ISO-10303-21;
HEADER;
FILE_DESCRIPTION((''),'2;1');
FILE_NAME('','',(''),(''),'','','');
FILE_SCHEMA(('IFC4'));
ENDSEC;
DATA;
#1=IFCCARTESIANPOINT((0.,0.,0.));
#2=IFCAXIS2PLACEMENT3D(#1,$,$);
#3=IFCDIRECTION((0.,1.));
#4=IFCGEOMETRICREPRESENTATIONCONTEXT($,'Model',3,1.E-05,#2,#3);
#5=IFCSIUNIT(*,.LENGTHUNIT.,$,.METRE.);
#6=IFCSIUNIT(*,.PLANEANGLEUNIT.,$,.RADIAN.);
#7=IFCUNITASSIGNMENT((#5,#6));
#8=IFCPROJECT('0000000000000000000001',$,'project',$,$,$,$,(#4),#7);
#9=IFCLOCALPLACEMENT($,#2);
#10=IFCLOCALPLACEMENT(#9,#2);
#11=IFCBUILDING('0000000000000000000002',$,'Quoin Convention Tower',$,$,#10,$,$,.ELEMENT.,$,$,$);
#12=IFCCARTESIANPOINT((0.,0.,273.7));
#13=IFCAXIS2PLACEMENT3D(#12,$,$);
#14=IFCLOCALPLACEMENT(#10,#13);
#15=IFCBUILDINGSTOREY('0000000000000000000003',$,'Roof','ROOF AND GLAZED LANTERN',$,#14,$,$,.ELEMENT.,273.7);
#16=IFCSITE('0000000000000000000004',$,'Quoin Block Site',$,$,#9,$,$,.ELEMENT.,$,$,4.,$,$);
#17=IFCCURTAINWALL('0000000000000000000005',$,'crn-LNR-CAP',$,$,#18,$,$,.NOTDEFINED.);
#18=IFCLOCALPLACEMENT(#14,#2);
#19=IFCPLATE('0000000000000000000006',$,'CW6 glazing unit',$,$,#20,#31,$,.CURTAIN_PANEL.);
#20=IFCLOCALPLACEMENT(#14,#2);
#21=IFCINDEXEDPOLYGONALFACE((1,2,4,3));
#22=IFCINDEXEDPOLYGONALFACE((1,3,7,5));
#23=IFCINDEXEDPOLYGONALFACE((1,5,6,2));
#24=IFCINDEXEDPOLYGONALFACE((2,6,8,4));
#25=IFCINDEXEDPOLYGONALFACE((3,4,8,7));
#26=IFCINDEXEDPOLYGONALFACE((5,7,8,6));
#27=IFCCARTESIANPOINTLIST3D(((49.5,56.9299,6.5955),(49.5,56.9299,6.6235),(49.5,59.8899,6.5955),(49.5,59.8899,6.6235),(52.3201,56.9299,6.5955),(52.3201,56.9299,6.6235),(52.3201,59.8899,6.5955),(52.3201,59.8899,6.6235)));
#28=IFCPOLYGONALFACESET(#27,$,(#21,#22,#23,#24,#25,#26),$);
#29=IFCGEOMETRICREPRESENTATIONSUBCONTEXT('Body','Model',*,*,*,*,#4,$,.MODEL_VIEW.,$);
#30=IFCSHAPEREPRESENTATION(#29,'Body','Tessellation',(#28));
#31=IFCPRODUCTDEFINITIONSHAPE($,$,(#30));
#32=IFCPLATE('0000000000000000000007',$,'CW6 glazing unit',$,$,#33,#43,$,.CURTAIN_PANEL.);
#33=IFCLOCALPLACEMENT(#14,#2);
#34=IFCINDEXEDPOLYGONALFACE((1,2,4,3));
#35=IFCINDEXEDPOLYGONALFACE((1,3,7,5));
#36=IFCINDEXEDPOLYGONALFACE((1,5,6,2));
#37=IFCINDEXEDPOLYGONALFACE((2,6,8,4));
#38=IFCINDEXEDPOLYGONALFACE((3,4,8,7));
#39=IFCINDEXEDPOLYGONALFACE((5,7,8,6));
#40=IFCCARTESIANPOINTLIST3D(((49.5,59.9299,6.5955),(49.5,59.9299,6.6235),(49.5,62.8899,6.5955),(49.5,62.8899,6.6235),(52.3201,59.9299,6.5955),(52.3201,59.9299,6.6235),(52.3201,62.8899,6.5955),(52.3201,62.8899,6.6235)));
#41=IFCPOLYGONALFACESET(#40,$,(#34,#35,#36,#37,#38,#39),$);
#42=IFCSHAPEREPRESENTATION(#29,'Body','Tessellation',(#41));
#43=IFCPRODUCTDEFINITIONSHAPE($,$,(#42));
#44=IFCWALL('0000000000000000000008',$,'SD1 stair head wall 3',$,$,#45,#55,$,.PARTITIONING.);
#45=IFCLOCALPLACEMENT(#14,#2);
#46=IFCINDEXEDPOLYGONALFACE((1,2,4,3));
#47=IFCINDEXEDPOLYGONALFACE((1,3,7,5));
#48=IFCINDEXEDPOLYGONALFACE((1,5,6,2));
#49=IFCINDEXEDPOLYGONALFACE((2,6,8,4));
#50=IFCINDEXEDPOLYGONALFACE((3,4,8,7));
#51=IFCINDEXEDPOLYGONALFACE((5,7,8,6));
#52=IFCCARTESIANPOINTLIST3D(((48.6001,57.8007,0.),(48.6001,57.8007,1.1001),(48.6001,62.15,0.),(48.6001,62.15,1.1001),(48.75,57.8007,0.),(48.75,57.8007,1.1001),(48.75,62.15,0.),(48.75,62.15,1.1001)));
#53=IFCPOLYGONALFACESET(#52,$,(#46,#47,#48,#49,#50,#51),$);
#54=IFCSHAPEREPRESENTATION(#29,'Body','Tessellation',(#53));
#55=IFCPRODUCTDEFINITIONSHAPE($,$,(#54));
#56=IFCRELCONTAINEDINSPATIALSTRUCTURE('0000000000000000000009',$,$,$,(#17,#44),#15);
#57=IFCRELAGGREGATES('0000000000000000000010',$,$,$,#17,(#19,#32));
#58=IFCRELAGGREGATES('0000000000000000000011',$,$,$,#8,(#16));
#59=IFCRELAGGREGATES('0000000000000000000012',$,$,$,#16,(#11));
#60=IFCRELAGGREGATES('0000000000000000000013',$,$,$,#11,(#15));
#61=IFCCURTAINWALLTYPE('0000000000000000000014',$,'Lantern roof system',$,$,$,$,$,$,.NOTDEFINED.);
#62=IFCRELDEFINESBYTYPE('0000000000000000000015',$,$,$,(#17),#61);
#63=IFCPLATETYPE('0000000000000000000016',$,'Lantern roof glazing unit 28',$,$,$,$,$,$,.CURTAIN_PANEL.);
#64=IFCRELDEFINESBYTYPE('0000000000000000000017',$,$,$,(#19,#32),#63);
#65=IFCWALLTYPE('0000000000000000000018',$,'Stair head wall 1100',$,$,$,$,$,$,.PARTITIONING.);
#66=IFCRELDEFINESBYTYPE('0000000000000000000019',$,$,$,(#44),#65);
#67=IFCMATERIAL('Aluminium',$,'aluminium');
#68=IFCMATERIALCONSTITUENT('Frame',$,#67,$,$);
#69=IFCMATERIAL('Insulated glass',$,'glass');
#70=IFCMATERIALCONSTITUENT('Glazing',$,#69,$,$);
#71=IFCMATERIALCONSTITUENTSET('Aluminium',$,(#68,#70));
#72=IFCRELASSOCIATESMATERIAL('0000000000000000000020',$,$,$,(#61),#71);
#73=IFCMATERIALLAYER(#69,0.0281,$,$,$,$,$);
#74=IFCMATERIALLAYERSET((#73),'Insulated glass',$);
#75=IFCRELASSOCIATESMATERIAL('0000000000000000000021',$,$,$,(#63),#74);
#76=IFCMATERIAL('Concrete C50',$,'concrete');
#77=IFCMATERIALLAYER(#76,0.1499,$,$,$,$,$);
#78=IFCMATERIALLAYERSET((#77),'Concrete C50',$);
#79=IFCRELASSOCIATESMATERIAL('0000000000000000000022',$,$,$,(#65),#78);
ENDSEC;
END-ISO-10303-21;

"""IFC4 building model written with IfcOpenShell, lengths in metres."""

from ifc_helpers import new_model, si_unit, direction, frame, frame_2d, origin, place, context, subcontext, project, spatial, polyline, rectangle, outline, extrude, material, layer, layer_set, constituent, constituent_set, type_object, element, aggregate, save


model = new_model("IFC4")

# Units and contexts
model_context = context("Model", 3, precision=1e-05, world=origin(), true_north=direction((0.0, 1.0)))
body_context = subcontext(model_context, "Body", "Model", "MODEL_VIEW")
ifc_project = project(units=[si_unit("LENGTHUNIT", "METRE"), si_unit("PLANEANGLEUNIT", "RADIAN")], contexts=[model_context])

# Site, building, storey
site_placement = place(None, origin())
site = spatial("IfcSite", under=ifc_project, at=site_placement, Name="Quoin Block Site", CompositionType="ELEMENT", RefElevation=4.0)
building_placement = place(site_placement, origin())
building = spatial("IfcBuilding", under=site, at=building_placement, Name="Quoin Convention Tower", CompositionType="ELEMENT")
storey_placement = place(building_placement, frame((0.0, 0.0, 273.7)))
storey = spatial("IfcBuildingStorey", under=building, at=storey_placement, Name="Roof", Description="ROOF AND GLAZED LANTERN", CompositionType="ELEMENT", Elevation=273.7)

# Curtain wall, plates
ifc_material_1 = material(Name="Aluminium", Category="aluminium")
ifc_constituent_1 = constituent(ifc_material_1, Name="Frame")
ifc_material_2 = material(Name="Insulated glass", Category="glass")
ifc_constituent_2 = constituent(ifc_material_2, Name="Glazing")
ifc_constituent_set = constituent_set(constituents=[ifc_constituent_1, ifc_constituent_2], Name="Aluminium")
curtain_wall_type = type_object("IfcCurtainWallType", Name="Lantern roof system", PredefinedType="NOTDEFINED", material=ifc_constituent_set)
curtain_wall_placement = place(storey_placement, origin())
curtain_wall = element("IfcCurtainWall", 1, at=curtain_wall_placement, inside=storey, type_object=curtain_wall_type, Name="crn-LNR-CAP", PredefinedType="NOTDEFINED")
ifc_layer_1 = layer(ifc_material_2, 0.0281)
ifc_layer_set_1 = layer_set([ifc_layer_1], Name="Insulated glass")
plate_type = type_object("IfcPlateType", Name="Lantern roof glazing unit 28", PredefinedType="CURTAIN_PANEL", material=ifc_layer_set_1)
plate_1_placement = place(storey_placement, frame((49.5, 56.9299, 6.6235), z_axis=(0.0, 0.0, 1.0), x_axis=(0.0, 1.0, 0.0)))
plate_1 = element("IfcPlate", 2, at=plate_1_placement, type_object=plate_type, Name="CW6 glazing unit", PredefinedType="CURTAIN_PANEL", context=body_context, shape_type="SweptSolid", body=[
    extrude(outline(polyline([(0.0, 0.0), (2.96, 0.0), (2.96, -2.8201), (0.0, -2.8201), (0.0, 0.0)])), origin(), (0.0, 0.0, -1.0), 0.0281),
])
plate_2_placement = place(storey_placement, frame((49.5, 59.9299, 6.6235), z_axis=(0.0, 0.0, 1.0), x_axis=(0.0, 1.0, 0.0)))
plate_2 = element("IfcPlate", 3, at=plate_2_placement, type_object=plate_type, Name="CW6 glazing unit", PredefinedType="CURTAIN_PANEL", context=body_context, shape_type="SweptSolid", body=[
    extrude(outline(polyline([(0.0, 0.0), (2.96, 0.0), (2.96, -2.8201), (0.0, -2.8201), (0.0, 0.0)])), origin(), (0.0, 0.0, -1.0), 0.0281),
])
aggregate(curtain_wall, [plate_1, plate_2])

# Wall
ifc_material_3 = material(Name="Concrete C50", Category="concrete")
ifc_layer_2 = layer(ifc_material_3, 0.1499)
ifc_layer_set_2 = layer_set([ifc_layer_2], Name="Concrete C50")
wall_type = type_object("IfcWallType", Name="Stair head wall 1100", PredefinedType="PARTITIONING", material=ifc_layer_set_2)
wall_placement = place(storey_placement, frame((48.675, 57.8005, 0.0), z_axis=(0.0, 0.0, 1.0), x_axis=(0.0, 1.0, 0.0)))
element("IfcWall", 4, at=wall_placement, inside=storey, type_object=wall_type, Name="SD1 stair head wall 3", PredefinedType="PARTITIONING", context=body_context, shape_type="SweptSolid", body=[
    extrude(rectangle(XDim=4.3494, YDim=0.1499, at=frame_2d((2.1748, 0.0))), origin(), (0.0, 0.0, 1.0), 1.1001),
])

save(model, "model.ifc")
